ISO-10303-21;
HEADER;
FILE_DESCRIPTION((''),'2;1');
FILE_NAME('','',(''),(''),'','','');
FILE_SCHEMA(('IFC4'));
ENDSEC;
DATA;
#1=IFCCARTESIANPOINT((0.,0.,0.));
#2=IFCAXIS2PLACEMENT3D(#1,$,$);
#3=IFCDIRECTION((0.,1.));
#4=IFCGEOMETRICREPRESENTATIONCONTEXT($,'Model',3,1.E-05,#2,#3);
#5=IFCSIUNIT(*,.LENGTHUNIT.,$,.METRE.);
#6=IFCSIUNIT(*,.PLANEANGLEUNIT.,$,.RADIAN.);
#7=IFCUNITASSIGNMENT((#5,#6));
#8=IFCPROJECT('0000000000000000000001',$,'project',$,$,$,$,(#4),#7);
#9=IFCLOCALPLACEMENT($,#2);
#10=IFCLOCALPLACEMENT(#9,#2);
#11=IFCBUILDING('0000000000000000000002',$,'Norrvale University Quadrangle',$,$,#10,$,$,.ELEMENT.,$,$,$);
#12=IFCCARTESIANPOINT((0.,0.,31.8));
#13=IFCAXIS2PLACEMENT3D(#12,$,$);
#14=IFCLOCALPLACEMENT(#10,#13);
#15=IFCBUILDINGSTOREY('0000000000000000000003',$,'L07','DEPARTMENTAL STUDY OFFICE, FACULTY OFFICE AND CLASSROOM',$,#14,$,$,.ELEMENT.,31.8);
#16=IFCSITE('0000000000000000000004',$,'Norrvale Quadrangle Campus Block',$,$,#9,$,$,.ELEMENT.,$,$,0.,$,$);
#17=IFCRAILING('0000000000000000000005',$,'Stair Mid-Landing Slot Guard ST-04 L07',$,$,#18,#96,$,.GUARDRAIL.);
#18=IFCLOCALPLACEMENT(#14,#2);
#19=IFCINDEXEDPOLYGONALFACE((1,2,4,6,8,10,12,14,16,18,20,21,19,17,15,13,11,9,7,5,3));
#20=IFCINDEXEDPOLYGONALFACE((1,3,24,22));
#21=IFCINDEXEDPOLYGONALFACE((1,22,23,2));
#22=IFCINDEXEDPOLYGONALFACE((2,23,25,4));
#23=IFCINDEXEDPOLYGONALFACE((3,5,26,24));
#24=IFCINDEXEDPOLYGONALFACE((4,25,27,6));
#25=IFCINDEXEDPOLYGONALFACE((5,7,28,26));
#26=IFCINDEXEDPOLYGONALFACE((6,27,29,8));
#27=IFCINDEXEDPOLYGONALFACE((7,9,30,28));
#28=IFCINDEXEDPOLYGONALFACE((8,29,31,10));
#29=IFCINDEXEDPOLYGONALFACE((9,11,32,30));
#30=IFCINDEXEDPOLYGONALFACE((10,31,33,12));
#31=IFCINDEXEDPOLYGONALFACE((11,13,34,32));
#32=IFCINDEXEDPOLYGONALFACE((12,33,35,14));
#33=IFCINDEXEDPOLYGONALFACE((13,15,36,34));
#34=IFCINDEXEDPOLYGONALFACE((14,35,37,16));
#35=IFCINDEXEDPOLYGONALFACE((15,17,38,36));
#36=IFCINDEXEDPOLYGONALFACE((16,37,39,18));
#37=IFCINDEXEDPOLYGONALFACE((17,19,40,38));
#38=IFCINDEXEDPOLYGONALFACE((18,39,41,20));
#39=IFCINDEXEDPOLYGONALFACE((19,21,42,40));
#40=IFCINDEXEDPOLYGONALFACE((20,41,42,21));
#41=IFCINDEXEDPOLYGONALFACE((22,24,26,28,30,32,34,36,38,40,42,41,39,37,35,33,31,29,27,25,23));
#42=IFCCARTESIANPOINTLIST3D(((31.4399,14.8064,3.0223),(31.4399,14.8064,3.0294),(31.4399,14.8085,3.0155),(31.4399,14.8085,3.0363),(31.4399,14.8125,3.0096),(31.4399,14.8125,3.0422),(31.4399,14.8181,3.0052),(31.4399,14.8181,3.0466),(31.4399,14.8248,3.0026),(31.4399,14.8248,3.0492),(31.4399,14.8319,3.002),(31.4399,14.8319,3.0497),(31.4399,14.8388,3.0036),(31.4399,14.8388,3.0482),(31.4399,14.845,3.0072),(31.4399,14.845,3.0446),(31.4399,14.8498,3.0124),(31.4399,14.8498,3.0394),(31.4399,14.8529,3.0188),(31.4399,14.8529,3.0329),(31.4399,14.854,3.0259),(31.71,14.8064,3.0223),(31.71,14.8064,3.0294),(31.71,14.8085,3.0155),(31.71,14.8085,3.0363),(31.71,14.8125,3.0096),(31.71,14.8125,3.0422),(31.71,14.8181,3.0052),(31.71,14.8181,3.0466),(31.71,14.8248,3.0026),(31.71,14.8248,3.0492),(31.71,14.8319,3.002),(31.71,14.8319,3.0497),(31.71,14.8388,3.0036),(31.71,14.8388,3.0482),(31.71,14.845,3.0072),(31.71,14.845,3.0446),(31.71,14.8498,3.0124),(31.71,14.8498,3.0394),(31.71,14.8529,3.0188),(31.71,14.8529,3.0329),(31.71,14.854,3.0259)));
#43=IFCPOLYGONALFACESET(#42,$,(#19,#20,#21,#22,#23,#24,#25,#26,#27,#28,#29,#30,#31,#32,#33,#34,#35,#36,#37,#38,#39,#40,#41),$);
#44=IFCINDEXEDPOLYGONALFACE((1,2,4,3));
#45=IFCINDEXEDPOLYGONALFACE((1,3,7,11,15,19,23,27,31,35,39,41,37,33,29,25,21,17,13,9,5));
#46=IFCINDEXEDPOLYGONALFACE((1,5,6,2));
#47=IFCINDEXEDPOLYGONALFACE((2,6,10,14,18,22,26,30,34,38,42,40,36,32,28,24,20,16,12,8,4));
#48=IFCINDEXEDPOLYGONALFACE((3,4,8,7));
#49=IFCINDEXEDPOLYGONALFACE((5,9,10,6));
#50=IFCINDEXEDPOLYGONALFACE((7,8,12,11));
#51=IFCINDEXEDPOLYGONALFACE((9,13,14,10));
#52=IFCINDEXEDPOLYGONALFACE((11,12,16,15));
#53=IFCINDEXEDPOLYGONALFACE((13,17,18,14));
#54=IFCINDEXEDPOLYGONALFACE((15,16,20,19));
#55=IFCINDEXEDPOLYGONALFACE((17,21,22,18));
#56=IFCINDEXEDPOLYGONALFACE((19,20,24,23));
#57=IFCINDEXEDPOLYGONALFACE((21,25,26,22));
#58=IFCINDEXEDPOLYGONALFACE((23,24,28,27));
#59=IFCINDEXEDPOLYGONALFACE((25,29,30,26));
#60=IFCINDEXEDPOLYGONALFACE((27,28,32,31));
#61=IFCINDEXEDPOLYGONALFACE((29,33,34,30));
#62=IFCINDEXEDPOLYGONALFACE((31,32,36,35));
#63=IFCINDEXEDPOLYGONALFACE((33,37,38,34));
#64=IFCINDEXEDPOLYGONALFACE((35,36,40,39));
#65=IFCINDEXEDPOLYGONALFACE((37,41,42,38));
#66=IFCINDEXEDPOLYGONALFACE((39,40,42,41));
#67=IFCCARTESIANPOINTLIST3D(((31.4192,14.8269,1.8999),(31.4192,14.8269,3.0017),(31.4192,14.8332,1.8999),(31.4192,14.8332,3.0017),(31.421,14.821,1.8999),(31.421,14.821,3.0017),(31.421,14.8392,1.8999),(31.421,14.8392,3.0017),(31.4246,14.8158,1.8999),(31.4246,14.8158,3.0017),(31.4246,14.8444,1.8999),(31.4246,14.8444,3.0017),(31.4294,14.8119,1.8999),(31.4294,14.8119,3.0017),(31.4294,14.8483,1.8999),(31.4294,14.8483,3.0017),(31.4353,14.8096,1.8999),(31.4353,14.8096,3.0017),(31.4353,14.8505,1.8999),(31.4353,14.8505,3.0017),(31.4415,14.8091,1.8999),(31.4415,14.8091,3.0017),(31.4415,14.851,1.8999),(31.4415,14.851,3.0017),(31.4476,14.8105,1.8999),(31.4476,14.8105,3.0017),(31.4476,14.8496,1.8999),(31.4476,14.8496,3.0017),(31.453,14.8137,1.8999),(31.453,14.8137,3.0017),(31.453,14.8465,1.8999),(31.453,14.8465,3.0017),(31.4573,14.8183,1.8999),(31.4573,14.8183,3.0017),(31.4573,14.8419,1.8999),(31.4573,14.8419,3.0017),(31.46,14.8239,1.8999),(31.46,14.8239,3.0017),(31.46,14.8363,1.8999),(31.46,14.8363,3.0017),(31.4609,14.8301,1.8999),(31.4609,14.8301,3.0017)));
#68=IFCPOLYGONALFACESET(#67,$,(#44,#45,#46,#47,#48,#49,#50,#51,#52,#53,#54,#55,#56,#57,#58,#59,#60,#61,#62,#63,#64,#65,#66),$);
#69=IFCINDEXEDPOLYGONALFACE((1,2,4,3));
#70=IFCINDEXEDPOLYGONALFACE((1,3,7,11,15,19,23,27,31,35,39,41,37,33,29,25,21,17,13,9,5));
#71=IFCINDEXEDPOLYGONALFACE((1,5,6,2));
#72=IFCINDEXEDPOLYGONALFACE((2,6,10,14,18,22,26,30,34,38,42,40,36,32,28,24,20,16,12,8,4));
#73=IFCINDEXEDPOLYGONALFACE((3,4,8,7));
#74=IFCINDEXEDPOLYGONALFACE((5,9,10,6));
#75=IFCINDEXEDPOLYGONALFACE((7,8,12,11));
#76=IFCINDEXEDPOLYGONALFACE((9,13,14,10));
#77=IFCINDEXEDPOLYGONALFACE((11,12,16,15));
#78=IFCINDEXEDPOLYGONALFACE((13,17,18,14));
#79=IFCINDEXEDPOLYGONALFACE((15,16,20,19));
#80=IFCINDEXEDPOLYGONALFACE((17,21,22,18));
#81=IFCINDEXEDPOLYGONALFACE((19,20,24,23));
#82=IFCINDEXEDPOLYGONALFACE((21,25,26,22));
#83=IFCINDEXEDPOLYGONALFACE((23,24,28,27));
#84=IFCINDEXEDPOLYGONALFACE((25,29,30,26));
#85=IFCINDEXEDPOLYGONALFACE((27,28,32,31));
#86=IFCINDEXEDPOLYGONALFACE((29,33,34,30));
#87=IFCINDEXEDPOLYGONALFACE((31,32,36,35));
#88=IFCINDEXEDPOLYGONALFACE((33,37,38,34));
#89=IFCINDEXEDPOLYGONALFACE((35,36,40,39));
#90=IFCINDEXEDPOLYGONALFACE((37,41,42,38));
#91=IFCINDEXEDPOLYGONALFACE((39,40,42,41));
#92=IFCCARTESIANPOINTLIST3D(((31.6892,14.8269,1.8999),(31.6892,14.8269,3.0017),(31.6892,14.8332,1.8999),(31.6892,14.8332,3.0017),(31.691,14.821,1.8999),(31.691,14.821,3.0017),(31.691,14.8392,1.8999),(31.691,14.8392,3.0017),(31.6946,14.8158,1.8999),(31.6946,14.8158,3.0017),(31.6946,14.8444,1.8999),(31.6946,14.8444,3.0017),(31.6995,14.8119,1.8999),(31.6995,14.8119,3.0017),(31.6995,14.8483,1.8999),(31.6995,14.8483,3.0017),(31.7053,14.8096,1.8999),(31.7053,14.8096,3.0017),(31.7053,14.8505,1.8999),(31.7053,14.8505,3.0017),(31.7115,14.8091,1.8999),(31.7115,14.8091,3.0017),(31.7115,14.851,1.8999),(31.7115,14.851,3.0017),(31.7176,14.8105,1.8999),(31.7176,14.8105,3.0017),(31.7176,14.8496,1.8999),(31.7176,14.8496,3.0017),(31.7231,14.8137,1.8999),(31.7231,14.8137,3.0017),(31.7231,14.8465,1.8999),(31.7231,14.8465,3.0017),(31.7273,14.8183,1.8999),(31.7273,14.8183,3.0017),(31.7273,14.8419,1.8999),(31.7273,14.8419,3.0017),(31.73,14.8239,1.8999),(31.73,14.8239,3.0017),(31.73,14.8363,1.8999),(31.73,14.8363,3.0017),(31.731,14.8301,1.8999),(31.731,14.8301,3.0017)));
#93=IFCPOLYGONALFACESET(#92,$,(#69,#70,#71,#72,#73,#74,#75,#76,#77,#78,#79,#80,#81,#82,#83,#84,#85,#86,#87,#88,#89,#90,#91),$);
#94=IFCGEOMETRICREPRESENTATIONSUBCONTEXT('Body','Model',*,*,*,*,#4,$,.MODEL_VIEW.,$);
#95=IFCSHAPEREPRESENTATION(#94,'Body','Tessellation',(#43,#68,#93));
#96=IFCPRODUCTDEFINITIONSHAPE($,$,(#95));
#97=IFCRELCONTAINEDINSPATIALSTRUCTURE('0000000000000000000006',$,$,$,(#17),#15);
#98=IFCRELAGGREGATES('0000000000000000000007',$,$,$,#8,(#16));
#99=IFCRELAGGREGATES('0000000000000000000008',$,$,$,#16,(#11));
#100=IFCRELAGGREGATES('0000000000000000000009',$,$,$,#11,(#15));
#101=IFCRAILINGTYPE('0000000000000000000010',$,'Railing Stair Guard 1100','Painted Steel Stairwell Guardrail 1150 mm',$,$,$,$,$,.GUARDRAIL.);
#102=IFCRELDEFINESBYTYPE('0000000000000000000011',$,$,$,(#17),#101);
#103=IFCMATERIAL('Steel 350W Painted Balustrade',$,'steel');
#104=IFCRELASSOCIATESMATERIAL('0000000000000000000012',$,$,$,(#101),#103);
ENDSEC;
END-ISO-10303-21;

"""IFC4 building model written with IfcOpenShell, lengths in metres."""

from ifc_helpers import new_model, si_unit, direction, frame, origin, origin_2d, place, context, subcontext, project, spatial, circle, extrude, material, type_object, element, save


model = new_model("IFC4")

# Units and contexts
model_context = context("Model", 3, precision=1e-05, world=origin(), true_north=direction((0.0, 1.0)))
body_context = subcontext(model_context, "Body", "Model", "MODEL_VIEW")
ifc_project = project(units=[si_unit("LENGTHUNIT", "METRE"), si_unit("PLANEANGLEUNIT", "RADIAN")], contexts=[model_context])

# Site, building, storey
site_placement = place(None, origin())
site = spatial("IfcSite", under=ifc_project, at=site_placement, Name="Norrvale Quadrangle Campus Block", CompositionType="ELEMENT", RefElevation=0.0)
building_placement = place(site_placement, origin())
building = spatial("IfcBuilding", under=site, at=building_placement, Name="Norrvale University Quadrangle", CompositionType="ELEMENT")
storey_placement = place(building_placement, frame((0.0, 0.0, 31.8)))
storey = spatial("IfcBuildingStorey", under=building, at=storey_placement, Name="L07", Description="DEPARTMENTAL STUDY OFFICE, FACULTY OFFICE AND CLASSROOM", CompositionType="ELEMENT", Elevation=31.8)

# Railing
ifc_material_1 = material(Name="Steel 350W Painted Balustrade", Category="steel")
railing_type_1 = type_object("IfcRailingType", Name="Railing Stair Guard 1100", Description="Painted Steel Stairwell Guardrail 1150 mm", PredefinedType="GUARDRAIL", material=ifc_material_1)
for number, where, name in (
    (1, (31.4399, 14.8301, 1.8999), "Stair Mid-Landing Slot Guard ST-04 L07"),
):
    element("IfcRailing", number, at=place(storey_placement, frame(where)), inside=storey, type_object=railing_type_1, Name=name, PredefinedType="GUARDRAIL", context=body_context, shape_type="SweptSolid", body=[
        extrude(circle(Radius=0.0239, at=origin_2d()), frame((0.0, 0.0, 1.126), z_axis=(1.0, 0.0, 0.0), x_axis=(0.0, 1.0, 0.0)), (0.0, 0.0, 1.0), 0.27),
        extrude(circle(Radius=0.021, at=origin_2d()), origin(), (0.0, 0.0, 1.0), 1.1018),
        extrude(circle(Radius=0.021, at=origin_2d()), frame((0.27, 0.0, 0.0)), (0.0, 0.0, 1.0), 1.1018),
    ])

save(model, "model.ifc")
